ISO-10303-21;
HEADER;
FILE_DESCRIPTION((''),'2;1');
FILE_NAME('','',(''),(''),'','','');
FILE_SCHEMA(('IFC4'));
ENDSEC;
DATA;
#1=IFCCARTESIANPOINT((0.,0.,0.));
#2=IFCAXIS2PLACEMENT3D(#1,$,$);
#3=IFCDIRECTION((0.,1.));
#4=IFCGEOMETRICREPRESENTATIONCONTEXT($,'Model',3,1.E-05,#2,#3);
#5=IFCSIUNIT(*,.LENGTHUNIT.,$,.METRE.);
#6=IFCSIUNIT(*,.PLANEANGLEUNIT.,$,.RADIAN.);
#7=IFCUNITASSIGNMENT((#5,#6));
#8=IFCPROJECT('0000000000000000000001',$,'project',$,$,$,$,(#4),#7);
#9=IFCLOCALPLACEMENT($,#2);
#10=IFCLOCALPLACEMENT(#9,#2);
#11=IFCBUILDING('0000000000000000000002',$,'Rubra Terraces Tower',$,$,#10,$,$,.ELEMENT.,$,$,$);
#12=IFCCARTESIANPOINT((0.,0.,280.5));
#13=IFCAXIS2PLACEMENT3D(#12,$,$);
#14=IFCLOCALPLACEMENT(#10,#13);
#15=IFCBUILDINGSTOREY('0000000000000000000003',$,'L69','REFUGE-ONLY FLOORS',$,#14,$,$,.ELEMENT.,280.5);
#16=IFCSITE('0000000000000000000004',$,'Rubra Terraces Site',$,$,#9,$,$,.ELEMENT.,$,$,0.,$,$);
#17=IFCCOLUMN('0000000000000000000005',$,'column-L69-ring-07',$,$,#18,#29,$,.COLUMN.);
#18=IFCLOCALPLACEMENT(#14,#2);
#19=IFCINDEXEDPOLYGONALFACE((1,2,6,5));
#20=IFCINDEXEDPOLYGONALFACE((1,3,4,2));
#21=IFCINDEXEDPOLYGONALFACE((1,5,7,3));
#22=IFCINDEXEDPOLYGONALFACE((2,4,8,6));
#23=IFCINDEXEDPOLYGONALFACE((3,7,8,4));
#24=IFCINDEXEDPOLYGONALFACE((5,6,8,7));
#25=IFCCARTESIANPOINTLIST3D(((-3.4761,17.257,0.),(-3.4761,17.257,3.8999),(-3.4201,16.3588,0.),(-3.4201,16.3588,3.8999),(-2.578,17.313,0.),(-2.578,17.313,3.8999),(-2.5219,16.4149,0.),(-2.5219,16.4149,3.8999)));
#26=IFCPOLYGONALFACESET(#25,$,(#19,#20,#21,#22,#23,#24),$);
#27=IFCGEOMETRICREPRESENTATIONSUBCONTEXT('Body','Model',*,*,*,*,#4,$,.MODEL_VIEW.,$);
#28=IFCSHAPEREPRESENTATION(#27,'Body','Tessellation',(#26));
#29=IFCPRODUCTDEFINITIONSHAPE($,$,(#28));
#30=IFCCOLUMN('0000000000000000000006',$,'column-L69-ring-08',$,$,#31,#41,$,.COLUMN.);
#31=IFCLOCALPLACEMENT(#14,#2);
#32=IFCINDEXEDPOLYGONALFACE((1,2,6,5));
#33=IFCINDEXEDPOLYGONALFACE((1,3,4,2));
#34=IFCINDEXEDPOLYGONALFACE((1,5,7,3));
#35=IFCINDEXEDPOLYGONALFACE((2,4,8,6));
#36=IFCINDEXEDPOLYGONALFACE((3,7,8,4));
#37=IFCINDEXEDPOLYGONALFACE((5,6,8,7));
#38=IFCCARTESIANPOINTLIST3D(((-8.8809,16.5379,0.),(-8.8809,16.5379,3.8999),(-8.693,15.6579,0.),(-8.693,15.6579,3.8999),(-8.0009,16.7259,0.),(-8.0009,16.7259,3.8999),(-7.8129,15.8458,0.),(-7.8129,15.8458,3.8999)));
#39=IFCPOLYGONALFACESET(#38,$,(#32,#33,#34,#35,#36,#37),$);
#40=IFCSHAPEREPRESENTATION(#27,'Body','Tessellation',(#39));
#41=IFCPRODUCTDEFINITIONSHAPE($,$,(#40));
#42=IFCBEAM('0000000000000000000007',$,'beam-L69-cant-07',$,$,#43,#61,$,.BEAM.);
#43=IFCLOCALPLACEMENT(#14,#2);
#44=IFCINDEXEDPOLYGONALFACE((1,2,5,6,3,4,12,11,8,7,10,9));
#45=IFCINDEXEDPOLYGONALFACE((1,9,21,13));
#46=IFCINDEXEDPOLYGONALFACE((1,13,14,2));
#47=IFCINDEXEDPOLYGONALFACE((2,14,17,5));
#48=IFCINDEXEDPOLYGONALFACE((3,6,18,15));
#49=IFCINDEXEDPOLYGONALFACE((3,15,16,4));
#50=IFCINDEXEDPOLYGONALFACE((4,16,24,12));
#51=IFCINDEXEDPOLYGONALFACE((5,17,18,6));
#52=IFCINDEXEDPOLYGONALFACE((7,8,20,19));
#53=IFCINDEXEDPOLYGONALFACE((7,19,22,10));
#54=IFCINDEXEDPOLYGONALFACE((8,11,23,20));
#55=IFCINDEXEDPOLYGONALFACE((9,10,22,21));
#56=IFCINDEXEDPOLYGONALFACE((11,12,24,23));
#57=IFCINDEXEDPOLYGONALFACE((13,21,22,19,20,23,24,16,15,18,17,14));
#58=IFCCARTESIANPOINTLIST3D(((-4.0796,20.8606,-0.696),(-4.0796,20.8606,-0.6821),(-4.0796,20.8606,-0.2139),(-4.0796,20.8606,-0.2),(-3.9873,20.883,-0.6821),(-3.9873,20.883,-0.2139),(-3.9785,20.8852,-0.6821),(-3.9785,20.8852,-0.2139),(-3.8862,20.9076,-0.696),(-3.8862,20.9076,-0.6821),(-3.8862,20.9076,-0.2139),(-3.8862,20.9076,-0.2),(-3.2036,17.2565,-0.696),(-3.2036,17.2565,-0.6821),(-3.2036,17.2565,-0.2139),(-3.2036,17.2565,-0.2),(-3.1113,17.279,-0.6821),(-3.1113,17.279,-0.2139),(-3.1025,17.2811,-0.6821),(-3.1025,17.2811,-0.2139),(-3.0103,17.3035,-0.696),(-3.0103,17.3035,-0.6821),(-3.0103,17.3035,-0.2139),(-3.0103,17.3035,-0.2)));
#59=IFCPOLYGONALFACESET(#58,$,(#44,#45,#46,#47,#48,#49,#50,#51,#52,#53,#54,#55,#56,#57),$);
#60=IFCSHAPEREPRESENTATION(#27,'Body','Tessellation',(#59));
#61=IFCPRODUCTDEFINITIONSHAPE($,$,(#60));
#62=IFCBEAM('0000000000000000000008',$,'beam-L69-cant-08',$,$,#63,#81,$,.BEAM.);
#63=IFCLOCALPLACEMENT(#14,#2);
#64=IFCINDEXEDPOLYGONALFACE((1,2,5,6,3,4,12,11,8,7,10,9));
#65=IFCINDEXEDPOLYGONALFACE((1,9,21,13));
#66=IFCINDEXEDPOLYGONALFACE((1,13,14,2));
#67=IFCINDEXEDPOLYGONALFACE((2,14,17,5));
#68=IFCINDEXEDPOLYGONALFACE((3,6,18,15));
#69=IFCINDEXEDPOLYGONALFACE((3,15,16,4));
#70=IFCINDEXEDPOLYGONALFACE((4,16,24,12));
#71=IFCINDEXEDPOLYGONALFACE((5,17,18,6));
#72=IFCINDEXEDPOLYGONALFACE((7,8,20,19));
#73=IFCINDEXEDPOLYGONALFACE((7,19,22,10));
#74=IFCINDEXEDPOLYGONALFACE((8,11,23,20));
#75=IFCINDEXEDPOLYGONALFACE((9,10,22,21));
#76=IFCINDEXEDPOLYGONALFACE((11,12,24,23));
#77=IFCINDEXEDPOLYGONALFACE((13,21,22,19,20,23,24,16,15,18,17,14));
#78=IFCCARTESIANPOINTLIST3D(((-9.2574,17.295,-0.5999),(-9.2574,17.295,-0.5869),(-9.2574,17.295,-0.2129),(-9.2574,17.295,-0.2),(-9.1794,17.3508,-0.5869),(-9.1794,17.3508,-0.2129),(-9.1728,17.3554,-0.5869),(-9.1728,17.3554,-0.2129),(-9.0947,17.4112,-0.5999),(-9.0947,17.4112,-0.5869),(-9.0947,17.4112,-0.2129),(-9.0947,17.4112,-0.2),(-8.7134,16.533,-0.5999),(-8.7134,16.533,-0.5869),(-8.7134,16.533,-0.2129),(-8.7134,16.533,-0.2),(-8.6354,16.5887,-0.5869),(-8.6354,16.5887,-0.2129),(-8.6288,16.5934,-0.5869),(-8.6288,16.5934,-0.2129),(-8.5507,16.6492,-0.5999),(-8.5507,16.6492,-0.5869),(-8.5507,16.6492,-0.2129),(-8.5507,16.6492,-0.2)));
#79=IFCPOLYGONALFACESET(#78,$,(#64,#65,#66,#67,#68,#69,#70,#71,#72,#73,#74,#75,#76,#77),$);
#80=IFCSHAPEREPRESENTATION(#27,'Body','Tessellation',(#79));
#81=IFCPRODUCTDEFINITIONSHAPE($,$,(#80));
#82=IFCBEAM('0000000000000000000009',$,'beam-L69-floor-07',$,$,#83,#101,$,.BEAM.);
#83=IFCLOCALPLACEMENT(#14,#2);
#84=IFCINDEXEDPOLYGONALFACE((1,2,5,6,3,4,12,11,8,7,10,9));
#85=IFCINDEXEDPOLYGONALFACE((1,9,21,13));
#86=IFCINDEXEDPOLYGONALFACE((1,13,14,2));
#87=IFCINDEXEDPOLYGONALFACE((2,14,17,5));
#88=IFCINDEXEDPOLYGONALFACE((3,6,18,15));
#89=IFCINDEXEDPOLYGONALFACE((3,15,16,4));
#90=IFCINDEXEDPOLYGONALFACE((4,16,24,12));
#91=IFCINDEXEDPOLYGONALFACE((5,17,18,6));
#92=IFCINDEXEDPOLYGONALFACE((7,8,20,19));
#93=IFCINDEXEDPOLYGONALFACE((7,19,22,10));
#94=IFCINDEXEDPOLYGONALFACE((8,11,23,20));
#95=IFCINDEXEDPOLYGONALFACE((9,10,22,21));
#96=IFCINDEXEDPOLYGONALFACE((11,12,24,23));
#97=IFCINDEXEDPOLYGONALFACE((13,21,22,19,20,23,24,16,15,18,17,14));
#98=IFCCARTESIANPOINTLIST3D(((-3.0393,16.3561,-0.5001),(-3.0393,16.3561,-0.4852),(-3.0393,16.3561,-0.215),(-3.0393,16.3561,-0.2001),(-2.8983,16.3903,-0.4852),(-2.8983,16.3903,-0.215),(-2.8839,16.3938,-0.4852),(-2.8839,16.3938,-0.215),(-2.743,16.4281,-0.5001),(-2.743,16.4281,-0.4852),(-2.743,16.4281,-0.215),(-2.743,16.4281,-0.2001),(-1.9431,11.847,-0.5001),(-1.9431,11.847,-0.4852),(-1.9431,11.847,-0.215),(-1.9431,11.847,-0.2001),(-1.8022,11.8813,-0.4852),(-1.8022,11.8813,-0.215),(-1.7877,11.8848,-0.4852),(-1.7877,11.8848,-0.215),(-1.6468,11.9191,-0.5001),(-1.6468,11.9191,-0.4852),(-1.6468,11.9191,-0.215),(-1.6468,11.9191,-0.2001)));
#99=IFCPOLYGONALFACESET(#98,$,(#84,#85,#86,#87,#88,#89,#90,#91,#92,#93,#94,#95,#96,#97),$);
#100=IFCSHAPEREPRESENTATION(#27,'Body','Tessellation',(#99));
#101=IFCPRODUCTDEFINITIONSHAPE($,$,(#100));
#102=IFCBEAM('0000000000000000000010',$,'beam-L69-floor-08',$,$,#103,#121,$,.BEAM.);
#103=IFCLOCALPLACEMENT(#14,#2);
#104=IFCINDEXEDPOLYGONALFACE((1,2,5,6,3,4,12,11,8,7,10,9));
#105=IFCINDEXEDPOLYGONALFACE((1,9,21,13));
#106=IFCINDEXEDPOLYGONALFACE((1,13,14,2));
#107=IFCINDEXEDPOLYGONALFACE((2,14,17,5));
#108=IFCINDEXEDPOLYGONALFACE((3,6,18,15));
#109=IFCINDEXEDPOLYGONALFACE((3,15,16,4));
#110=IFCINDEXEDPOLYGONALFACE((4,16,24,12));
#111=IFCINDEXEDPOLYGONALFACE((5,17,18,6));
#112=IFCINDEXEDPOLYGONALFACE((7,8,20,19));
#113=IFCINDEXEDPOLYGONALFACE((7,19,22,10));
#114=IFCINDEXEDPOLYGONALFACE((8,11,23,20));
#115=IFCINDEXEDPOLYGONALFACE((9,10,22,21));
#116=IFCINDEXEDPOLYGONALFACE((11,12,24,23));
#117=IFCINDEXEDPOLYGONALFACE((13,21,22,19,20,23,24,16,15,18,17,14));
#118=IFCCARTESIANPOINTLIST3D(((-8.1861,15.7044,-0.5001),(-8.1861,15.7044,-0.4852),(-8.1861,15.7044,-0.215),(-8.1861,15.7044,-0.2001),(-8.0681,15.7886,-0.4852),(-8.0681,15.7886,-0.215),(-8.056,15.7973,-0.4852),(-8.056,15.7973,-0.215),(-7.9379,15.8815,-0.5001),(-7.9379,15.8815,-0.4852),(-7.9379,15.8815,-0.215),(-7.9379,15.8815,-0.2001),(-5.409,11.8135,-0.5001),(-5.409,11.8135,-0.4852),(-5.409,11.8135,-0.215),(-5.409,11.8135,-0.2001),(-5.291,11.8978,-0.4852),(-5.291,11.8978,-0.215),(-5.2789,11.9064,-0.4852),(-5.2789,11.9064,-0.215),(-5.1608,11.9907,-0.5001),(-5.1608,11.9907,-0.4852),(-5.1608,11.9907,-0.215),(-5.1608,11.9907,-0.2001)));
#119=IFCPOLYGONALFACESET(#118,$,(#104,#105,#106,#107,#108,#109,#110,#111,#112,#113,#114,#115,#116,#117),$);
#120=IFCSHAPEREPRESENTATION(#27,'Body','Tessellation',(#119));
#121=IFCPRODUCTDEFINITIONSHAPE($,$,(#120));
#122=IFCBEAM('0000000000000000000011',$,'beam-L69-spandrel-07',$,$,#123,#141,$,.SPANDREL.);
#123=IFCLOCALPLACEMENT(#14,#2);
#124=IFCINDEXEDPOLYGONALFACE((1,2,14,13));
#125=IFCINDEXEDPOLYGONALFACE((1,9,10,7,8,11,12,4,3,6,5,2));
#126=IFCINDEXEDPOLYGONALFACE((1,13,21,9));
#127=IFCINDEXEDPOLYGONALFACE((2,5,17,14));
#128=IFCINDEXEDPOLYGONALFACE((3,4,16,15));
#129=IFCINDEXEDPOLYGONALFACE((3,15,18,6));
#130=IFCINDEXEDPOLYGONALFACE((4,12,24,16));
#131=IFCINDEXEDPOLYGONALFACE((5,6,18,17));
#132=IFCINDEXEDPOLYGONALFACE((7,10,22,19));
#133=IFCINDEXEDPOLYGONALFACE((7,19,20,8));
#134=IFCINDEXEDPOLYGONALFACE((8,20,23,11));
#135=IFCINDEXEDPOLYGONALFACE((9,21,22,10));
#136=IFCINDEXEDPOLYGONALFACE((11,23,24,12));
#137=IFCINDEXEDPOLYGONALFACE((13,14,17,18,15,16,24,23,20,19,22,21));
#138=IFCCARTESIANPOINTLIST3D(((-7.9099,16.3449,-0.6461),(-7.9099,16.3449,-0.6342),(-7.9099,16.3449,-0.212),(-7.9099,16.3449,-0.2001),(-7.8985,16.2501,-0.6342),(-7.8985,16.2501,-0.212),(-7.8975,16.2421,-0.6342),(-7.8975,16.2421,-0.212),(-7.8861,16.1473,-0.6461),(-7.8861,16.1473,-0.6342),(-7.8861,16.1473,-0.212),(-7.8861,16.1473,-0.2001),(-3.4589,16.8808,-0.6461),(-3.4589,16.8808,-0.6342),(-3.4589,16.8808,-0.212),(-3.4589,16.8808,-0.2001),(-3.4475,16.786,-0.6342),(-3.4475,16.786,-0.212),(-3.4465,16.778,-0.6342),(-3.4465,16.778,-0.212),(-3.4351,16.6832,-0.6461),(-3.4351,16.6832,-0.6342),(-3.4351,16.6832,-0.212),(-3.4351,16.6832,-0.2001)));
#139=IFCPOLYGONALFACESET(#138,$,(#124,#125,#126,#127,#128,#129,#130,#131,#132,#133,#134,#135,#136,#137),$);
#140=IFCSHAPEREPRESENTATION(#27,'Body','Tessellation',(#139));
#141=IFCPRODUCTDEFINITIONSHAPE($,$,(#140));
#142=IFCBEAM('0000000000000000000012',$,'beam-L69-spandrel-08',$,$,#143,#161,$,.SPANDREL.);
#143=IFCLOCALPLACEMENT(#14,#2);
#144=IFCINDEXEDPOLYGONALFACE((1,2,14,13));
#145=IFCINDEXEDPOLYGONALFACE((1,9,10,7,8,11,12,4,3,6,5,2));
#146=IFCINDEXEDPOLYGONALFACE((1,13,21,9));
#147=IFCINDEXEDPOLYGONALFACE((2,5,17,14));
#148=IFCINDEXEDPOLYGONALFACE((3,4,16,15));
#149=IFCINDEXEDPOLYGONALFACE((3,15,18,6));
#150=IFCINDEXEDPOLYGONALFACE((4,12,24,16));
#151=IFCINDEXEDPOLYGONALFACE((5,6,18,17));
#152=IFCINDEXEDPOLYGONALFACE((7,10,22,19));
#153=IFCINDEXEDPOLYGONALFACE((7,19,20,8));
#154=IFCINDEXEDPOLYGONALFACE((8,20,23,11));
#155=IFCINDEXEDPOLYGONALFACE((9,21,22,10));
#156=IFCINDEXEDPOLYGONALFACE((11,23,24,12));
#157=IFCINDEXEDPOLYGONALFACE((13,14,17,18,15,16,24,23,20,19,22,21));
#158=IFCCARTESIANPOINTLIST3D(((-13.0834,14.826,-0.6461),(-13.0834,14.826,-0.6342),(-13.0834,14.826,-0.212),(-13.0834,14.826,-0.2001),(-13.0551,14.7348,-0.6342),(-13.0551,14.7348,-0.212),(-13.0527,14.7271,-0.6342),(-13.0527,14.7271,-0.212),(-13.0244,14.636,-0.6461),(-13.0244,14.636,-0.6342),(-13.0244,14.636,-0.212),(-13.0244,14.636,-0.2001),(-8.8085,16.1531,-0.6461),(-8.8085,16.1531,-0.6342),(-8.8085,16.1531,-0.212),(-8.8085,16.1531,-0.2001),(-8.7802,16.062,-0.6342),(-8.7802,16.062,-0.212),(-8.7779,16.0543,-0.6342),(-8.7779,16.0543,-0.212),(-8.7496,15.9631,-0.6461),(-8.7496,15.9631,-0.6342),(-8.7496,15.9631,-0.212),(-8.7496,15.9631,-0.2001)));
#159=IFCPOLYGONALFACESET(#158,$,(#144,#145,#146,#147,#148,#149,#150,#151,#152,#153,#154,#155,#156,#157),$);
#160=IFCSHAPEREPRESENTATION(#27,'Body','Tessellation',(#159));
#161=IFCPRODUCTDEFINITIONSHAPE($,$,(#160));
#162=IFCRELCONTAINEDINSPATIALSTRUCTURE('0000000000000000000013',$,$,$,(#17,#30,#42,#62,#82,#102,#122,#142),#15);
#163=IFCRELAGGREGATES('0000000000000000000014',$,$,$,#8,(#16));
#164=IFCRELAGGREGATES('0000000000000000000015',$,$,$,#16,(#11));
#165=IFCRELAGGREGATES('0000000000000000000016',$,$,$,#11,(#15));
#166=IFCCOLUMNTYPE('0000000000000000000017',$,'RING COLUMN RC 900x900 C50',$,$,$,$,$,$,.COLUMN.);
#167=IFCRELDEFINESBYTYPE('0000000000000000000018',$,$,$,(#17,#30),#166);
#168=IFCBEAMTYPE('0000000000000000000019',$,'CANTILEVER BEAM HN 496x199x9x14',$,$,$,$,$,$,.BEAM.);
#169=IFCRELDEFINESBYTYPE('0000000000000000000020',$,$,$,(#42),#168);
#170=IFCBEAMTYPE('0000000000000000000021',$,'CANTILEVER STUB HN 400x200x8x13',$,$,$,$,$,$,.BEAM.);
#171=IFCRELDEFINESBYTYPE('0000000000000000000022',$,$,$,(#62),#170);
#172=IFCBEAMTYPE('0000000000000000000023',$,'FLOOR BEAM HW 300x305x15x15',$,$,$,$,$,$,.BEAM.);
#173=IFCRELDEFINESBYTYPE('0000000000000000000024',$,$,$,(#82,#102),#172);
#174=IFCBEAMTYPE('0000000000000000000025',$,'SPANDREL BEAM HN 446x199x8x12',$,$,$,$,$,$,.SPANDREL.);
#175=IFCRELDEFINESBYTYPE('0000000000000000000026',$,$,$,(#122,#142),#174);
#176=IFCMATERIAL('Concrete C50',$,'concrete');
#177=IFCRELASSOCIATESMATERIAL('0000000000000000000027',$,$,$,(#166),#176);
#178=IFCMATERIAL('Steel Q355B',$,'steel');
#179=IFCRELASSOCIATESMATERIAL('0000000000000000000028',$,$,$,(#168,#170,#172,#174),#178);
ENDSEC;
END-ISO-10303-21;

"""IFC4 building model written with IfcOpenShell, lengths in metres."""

from ifc_helpers import new_model, si_unit, direction, frame, origin, origin_2d, place, context, subcontext, project, spatial, rectangle, i_section, extrude, material, material_profile, profile_set, type_object, element, save


model = new_model("IFC4")

# Units and contexts
model_context = context("Model", 3, precision=1e-05, world=origin(), true_north=direction((0.0, 1.0)))
body_context = subcontext(model_context, "Body", "Model", "MODEL_VIEW")
ifc_project = project(units=[si_unit("LENGTHUNIT", "METRE"), si_unit("PLANEANGLEUNIT", "RADIAN")], contexts=[model_context])

# Site, building, storey
site_placement = place(None, origin())
site = spatial("IfcSite", under=ifc_project, at=site_placement, Name="Rubra Terraces Site", CompositionType="ELEMENT", RefElevation=0.0)
building_placement = place(site_placement, origin())
building = spatial("IfcBuilding", under=site, at=building_placement, Name="Rubra Terraces Tower", CompositionType="ELEMENT")
storey_placement = place(building_placement, frame((0.0, 0.0, 280.5)))
storey = spatial("IfcBuildingStorey", under=building, at=storey_placement, Name="L69", Description="REFUGE-ONLY FLOORS", CompositionType="ELEMENT", Elevation=280.5)

# Columns
ifc_material_1 = material(Name="Concrete C50", Category="concrete")
ifc_material_profile_1 = material_profile(ifc_material_1, rectangle(XDim=0.8999, YDim=0.8999, at=origin_2d()), Name="RC 900x900")
ifc_profile_set_1 = profile_set([ifc_material_profile_1], Name="Concrete C50")
column_type = type_object("IfcColumnType", Name="RING COLUMN RC 900x900 C50", PredefinedType="COLUMN", material=ifc_profile_set_1)
for number, where, z_axis, x_axis, name in (
    (1, (-2.999, 16.8359, 0.0), (0.0, 0.0, 1.0), (-0.998059, -0.062268, 0.0), "column-L69-ring-07"),
    (2, (-8.3469, 16.1919, 0.0), (0.0, 0.0, 1.0), (-0.977944, -0.208867, 0.0), "column-L69-ring-08"),
):
    element("IfcColumn", number, at=place(storey_placement, frame(where, z_axis=z_axis, x_axis=x_axis)), inside=storey, type_object=column_type, Name=name, PredefinedType="COLUMN", context=body_context, shape_type="SweptSolid", body=[
        extrude(rectangle(XDim=0.8999, YDim=0.8999, at=origin_2d()), origin(), (0.0, 0.0, 1.0), 3.8999),
    ])

# Beams
ifc_material_2 = material(Name="Steel Q355B", Category="steel")
ifc_material_profile_2 = material_profile(ifc_material_2, i_section(OverallWidth=0.199, OverallDepth=0.4961, WebThickness=0.009, FlangeThickness=0.0139, at=origin_2d()), Name="HN 496x199x9x14")
ifc_profile_set_2 = profile_set([ifc_material_profile_2], Name="Steel Q355B")
beam_type_1 = type_object("IfcBeamType", Name="CANTILEVER BEAM HN 496x199x9x14", PredefinedType="BEAM", material=ifc_profile_set_2)
beam_1_placement = place(storey_placement, frame((-3.1069, 17.28, -0.448), z_axis=(-0.23618, 0.971709, 0.0), x_axis=(-0.971709, -0.23618, 0.0)))
element("IfcBeam", 3, at=beam_1_placement, inside=storey, type_object=beam_type_1, Name="beam-L69-cant-07", PredefinedType="BEAM", context=body_context, shape_type="SweptSolid", body=[
    extrude(i_section(OverallWidth=0.199, OverallDepth=0.4961, WebThickness=0.009, FlangeThickness=0.0139, at=origin_2d()), origin(), (0.0, 0.0, 1.0), 3.709),
])
ifc_material_profile_3 = material_profile(ifc_material_2, i_section(OverallWidth=0.2, OverallDepth=0.3999, WebThickness=0.0081, FlangeThickness=0.0129, at=origin_2d()), Name="HN 400x200x8x13")
ifc_profile_set_3 = profile_set([ifc_material_profile_3], Name="Steel Q355B")
beam_type_2 = type_object("IfcBeamType", Name="CANTILEVER STUB HN 400x200x8x13", PredefinedType="BEAM", material=ifc_profile_set_3)
beam_2_placement = place(storey_placement, frame((-8.6321, 16.5911, -0.3999), z_axis=(-0.581016, 0.813892, 0.0), x_axis=(-0.813892, -0.581016, 0.0)))
element("IfcBeam", 4, at=beam_2_placement, inside=storey, type_object=beam_type_2, Name="beam-L69-cant-08", PredefinedType="BEAM", context=body_context, shape_type="SweptSolid", body=[
    extrude(i_section(OverallWidth=0.2, OverallDepth=0.3999, WebThickness=0.0081, FlangeThickness=0.0129, at=origin_2d()), origin(), (0.0, 0.0, 1.0), 0.9363),
])
ifc_material_profile_4 = material_profile(ifc_material_2, i_section(OverallWidth=0.3049, OverallDepth=0.3, WebThickness=0.0149, FlangeThickness=0.0149, at=origin_2d()), Name="HW 300x305x15x15")
ifc_profile_set_4 = profile_set([ifc_material_profile_4], Name="Steel Q355B")
beam_type_3 = type_object("IfcBeamType", Name="FLOOR BEAM HW 300x305x15x15", PredefinedType="BEAM", material=ifc_profile_set_4)
beam_3_placement = place(storey_placement, frame((-2.8911, 16.3921, -0.3501), z_axis=(0.236229, -0.971697, 0.0), x_axis=(0.971697, 0.236229, 0.0)))
element("IfcBeam", 5, at=beam_3_placement, inside=storey, type_object=beam_type_3, Name="beam-L69-floor-07", PredefinedType="BEAM", context=body_context, shape_type="SweptSolid", body=[
    extrude(i_section(OverallWidth=0.3049, OverallDepth=0.3, WebThickness=0.0149, FlangeThickness=0.0149, at=origin_2d()), origin(), (0.0, 0.0, 1.0), 4.6404),
])
beam_4_placement = place(storey_placement, frame((-8.062, 15.793, -0.3501), z_axis=(0.580948, -0.81394, 0.0), x_axis=(0.81394, 0.580948, 0.0)))
element("IfcBeam", 6, at=beam_4_placement, inside=storey, type_object=beam_type_3, Name="beam-L69-floor-08", PredefinedType="BEAM", context=body_context, shape_type="SweptSolid", body=[
    extrude(i_section(OverallWidth=0.3049, OverallDepth=0.3, WebThickness=0.0149, FlangeThickness=0.0149, at=origin_2d()), origin(), (0.0, 0.0, 1.0), 4.7803),
])
ifc_material_profile_5 = material_profile(ifc_material_2, i_section(OverallWidth=0.199, OverallDepth=0.446, WebThickness=0.0081, FlangeThickness=0.012, at=origin_2d()), Name="HN 446x199x8x12")
ifc_profile_set_5 = profile_set([ifc_material_profile_5], Name="Steel Q355B")
beam_type_4 = type_object("IfcBeamType", Name="SPANDREL BEAM HN 446x199x8x12", PredefinedType="SPANDREL", material=ifc_profile_set_5)
beam_5_placement = place(storey_placement, frame((-3.447, 16.782, -0.4231), z_axis=(-0.99283, -0.119536, 0.0), x_axis=(0.119536, -0.99283, 0.0)))
element("IfcBeam", 7, at=beam_5_placement, inside=storey, type_object=beam_type_4, Name="beam-L69-spandrel-07", PredefinedType="SPANDREL", context=body_context, shape_type="SweptSolid", body=[
    extrude(i_section(OverallWidth=0.199, OverallDepth=0.446, WebThickness=0.0081, FlangeThickness=0.012, at=origin_2d()), origin(), (0.0, 0.0, 1.0), 4.4832),
])
beam_6_placement = place(storey_placement, frame((-8.7791, 16.0581, -0.4231), z_axis=(-0.955035, -0.296492, 0.0), x_axis=(0.296492, -0.955035, 0.0)))
element("IfcBeam", 8, at=beam_6_placement, inside=storey, type_object=beam_type_4, Name="beam-L69-spandrel-08", PredefinedType="SPANDREL", context=body_context, shape_type="SweptSolid", body=[
    extrude(i_section(OverallWidth=0.199, OverallDepth=0.446, WebThickness=0.0081, FlangeThickness=0.012, at=origin_2d()), origin(), (0.0, 0.0, 1.0), 4.4761),
])

save(model, "model.ifc")
